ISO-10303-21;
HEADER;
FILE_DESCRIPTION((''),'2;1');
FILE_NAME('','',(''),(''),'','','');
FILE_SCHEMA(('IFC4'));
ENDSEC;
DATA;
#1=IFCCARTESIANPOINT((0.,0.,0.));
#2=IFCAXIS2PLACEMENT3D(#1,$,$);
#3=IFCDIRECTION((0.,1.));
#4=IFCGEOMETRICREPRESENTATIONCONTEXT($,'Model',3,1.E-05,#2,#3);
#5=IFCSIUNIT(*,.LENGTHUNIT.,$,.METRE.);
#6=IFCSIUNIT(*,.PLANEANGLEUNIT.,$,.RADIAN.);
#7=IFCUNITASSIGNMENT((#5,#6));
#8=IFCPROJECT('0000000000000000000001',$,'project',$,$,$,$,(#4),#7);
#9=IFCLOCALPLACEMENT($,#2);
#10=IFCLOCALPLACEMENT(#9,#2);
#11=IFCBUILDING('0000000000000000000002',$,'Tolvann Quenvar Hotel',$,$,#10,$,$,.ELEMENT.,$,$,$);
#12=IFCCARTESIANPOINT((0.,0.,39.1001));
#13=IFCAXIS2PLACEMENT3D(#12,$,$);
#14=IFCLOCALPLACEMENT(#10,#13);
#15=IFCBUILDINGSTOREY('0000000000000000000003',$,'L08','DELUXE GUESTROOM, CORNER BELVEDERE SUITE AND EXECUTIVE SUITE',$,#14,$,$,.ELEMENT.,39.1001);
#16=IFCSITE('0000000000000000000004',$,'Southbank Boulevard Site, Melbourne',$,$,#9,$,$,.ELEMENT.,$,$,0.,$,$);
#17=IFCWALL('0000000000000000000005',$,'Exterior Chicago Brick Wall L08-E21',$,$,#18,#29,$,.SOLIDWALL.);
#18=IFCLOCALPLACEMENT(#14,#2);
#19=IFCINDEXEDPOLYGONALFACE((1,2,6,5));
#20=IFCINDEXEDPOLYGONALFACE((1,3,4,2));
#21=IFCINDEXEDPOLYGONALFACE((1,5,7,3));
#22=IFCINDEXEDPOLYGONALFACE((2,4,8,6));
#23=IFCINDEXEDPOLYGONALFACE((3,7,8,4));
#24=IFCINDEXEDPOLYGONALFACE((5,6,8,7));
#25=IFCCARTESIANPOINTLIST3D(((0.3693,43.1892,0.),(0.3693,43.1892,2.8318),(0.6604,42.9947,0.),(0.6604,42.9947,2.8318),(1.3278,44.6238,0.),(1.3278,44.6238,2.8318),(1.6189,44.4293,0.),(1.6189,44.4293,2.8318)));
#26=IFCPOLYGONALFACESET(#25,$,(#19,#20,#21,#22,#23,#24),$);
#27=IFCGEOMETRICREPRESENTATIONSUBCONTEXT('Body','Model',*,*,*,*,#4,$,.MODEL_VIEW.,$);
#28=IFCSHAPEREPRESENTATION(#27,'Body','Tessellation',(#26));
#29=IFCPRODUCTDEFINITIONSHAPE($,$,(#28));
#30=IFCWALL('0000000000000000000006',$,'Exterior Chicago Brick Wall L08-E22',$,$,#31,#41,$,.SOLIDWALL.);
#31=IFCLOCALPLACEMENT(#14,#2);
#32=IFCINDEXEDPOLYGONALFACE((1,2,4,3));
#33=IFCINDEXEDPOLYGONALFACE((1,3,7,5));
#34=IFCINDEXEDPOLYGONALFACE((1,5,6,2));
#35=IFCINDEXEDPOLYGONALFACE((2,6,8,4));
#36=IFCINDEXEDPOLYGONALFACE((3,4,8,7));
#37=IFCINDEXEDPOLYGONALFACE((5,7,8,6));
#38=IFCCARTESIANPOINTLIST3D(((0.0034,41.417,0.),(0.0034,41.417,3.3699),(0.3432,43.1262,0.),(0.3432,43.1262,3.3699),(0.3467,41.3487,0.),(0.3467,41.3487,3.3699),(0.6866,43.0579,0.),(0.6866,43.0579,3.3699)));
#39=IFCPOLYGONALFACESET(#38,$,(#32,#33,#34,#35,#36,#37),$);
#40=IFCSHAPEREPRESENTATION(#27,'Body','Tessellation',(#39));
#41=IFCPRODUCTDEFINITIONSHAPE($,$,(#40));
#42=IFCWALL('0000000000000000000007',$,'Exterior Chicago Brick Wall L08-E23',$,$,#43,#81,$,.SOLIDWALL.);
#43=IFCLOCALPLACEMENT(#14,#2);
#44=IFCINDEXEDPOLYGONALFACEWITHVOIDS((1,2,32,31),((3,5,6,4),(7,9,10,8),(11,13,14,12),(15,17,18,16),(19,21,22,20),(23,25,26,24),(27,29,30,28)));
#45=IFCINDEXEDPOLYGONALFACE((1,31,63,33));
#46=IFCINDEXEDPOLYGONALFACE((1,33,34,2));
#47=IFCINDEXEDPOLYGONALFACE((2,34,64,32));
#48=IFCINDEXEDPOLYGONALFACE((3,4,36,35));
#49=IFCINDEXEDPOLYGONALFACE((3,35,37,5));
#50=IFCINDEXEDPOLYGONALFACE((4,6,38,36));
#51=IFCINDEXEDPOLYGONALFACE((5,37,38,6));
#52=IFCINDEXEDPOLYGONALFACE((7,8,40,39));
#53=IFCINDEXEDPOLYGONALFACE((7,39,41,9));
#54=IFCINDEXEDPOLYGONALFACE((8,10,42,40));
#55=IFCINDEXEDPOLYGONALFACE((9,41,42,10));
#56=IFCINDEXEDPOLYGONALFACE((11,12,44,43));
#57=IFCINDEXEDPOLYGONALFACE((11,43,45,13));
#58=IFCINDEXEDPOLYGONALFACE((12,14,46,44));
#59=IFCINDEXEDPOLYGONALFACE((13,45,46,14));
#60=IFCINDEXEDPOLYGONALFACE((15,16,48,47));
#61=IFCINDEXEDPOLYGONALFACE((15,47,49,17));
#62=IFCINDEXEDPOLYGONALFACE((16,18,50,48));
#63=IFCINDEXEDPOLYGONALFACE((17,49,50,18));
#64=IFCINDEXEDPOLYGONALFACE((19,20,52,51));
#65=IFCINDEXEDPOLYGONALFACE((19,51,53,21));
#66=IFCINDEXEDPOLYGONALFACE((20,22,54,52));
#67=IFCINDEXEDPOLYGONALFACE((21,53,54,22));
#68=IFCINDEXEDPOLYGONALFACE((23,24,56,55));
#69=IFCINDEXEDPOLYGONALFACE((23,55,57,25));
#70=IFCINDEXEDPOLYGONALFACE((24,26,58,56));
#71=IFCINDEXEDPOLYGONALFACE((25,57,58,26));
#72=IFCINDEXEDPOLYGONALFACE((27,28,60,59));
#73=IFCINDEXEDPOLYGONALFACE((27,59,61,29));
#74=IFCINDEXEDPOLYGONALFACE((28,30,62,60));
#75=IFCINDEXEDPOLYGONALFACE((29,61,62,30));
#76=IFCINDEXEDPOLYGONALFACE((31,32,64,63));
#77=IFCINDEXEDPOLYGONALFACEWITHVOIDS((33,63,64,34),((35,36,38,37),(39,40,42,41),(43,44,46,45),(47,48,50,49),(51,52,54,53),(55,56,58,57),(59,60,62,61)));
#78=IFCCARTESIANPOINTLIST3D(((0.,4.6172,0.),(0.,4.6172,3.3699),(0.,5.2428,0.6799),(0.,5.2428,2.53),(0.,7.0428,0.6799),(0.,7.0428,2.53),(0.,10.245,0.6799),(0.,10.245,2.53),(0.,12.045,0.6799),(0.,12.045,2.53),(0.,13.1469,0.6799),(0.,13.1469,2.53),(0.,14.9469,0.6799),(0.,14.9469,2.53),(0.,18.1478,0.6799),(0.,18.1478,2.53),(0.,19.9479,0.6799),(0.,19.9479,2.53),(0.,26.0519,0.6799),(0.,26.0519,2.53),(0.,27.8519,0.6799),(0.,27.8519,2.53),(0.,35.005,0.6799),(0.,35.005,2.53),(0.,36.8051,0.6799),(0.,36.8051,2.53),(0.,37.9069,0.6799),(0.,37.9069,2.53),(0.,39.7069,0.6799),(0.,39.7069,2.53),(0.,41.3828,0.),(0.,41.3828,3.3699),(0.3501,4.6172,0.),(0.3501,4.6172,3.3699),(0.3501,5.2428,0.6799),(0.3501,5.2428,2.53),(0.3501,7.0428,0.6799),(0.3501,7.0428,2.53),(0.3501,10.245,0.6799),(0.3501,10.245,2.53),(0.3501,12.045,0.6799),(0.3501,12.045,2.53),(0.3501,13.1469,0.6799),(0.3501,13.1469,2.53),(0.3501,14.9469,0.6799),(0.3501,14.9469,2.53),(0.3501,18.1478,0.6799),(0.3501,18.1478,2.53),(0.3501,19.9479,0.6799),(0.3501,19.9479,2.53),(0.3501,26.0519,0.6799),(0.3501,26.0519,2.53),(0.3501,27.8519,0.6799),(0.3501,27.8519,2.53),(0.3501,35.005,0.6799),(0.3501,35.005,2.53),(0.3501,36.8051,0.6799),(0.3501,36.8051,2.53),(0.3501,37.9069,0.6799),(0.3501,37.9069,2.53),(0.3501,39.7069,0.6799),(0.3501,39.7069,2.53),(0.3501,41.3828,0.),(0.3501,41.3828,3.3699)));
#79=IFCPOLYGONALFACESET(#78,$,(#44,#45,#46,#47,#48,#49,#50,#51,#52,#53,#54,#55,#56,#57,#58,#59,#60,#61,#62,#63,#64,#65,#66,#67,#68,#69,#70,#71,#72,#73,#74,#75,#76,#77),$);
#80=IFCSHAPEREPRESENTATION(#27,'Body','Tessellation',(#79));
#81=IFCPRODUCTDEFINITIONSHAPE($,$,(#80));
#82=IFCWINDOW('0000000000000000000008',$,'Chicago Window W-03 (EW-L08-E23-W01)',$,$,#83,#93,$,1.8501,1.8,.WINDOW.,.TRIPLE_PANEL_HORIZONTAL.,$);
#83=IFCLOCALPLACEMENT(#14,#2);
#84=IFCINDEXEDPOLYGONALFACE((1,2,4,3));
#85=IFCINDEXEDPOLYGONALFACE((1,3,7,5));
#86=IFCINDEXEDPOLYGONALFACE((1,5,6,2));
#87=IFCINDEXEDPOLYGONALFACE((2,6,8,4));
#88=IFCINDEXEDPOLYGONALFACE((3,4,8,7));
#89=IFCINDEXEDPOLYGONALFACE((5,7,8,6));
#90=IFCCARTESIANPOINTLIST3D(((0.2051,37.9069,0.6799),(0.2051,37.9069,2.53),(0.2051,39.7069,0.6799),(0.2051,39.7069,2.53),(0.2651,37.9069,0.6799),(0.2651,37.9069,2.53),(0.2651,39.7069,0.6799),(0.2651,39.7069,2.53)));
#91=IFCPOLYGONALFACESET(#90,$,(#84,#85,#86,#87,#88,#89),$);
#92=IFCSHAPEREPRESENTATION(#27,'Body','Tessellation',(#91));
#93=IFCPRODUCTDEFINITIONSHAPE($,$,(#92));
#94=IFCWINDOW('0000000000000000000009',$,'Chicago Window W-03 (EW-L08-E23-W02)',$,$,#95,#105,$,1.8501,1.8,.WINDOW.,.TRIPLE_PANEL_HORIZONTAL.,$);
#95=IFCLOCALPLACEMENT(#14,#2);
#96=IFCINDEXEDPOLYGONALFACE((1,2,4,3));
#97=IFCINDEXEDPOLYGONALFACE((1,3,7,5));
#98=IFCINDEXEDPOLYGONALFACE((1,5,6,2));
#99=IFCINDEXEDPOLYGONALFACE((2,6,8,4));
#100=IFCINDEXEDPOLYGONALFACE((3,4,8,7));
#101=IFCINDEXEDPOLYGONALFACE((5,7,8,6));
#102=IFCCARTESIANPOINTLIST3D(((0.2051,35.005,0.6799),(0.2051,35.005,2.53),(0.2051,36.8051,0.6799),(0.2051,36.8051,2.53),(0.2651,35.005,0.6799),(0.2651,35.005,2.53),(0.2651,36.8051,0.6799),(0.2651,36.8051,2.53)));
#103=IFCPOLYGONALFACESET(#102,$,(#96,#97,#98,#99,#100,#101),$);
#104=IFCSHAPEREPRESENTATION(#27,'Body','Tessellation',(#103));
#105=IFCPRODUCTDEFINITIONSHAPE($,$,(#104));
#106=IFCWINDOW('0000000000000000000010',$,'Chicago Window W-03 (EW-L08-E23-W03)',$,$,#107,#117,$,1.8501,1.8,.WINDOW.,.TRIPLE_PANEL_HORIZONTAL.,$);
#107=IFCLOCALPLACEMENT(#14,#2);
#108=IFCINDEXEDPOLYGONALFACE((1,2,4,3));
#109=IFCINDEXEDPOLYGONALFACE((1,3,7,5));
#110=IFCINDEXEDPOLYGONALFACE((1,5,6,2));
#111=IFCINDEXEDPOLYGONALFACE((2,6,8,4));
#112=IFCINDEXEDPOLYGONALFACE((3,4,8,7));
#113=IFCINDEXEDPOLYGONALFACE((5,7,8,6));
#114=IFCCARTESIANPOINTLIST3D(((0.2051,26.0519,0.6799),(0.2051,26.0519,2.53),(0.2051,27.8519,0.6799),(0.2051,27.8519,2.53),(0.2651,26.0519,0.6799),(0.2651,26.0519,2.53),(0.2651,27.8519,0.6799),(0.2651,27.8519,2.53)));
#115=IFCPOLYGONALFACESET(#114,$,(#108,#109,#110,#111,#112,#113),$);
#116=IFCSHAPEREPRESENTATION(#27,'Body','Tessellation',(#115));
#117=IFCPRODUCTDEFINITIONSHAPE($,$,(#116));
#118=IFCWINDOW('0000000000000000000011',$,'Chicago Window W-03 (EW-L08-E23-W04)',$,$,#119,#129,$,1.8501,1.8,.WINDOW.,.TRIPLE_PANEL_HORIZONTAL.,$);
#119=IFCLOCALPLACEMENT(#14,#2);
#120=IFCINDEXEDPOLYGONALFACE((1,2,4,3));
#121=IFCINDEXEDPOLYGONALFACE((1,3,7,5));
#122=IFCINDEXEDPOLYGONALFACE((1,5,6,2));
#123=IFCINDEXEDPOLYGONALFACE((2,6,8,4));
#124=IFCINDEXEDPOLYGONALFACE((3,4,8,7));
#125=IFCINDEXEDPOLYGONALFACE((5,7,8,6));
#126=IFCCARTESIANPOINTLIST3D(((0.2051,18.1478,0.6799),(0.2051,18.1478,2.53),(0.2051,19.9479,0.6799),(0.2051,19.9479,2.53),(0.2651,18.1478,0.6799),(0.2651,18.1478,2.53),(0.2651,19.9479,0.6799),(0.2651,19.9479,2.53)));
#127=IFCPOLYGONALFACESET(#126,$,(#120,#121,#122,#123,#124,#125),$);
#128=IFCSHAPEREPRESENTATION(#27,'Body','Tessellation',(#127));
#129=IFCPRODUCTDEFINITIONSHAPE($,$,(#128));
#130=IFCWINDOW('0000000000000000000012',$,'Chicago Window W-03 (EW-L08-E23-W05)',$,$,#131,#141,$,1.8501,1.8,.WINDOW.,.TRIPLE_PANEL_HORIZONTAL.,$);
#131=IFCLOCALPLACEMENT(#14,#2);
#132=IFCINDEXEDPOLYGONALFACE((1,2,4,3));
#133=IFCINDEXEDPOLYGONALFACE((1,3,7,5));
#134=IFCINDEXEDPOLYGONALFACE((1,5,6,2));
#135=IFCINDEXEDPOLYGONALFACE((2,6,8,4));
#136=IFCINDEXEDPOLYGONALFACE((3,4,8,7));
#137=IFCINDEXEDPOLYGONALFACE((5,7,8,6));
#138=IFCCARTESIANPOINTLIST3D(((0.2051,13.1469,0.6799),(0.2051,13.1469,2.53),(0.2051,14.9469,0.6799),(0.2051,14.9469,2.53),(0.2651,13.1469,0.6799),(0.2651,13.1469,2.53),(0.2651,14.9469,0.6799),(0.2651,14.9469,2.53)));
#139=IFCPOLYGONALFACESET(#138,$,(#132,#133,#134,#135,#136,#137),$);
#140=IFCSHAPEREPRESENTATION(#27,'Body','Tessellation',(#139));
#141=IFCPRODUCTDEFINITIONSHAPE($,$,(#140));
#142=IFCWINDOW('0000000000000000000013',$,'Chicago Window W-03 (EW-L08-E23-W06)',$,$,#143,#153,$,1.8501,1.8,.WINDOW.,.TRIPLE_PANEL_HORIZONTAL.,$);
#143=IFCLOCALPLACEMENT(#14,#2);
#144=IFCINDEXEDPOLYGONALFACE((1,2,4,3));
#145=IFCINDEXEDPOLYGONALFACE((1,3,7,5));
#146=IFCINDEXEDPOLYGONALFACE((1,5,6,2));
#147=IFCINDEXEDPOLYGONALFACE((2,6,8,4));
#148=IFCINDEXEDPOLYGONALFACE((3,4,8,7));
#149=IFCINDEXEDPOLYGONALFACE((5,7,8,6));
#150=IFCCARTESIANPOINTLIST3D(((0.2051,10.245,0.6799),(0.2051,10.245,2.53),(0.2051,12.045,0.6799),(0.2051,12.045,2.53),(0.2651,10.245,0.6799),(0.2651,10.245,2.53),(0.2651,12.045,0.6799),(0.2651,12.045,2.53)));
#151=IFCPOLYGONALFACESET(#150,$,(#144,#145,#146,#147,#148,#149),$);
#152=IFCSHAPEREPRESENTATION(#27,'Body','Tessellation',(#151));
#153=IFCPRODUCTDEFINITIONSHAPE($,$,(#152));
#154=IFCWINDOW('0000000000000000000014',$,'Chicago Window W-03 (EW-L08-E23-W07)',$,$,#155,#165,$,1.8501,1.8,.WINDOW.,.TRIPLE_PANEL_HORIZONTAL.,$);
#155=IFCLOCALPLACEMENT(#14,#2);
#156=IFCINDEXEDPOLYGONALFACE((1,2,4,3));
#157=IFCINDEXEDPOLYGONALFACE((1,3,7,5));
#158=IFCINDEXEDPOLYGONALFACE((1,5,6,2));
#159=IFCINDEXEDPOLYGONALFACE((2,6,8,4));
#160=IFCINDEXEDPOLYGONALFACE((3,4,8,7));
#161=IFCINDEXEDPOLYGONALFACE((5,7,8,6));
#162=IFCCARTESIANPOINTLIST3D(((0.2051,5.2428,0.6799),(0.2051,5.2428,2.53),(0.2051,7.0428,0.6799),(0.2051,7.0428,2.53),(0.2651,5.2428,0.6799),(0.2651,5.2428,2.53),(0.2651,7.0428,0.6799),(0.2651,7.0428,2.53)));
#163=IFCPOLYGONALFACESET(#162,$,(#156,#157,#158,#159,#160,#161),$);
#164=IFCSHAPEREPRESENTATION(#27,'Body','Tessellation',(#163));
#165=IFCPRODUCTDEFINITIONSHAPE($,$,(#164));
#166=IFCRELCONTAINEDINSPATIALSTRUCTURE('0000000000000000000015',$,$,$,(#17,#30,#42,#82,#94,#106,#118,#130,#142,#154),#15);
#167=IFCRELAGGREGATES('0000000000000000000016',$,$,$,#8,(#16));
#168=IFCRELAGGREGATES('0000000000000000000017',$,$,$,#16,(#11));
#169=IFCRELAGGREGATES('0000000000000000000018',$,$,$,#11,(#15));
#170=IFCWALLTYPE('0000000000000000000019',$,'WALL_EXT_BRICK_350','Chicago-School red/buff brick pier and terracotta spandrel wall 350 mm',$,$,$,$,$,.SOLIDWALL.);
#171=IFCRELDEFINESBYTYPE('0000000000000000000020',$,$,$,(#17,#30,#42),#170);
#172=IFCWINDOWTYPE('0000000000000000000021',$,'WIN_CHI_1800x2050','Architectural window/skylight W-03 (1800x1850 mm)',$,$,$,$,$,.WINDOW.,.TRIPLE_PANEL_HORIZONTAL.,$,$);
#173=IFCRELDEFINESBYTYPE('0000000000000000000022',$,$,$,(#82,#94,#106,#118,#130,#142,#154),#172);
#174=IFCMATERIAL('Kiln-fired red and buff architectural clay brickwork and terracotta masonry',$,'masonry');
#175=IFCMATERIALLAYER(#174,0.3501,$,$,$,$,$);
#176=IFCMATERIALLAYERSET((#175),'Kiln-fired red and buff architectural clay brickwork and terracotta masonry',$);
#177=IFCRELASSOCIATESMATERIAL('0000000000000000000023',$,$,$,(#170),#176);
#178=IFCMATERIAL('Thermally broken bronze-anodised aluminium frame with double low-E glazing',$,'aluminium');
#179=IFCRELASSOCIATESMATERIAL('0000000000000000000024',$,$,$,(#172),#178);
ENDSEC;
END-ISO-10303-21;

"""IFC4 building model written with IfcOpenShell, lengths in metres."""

from ifc_helpers import new_model, si_unit, direction, frame, frame_2d, origin, place, context, subcontext, project, spatial, rectangle, extrude, source, transform, mapped, material, layer, layer_set, type_object, type_shapes, element, fill, save


model = new_model("IFC4")

# Units and contexts
model_context = context("Model", 3, precision=1e-05, world=origin(), true_north=direction((0.0, 1.0)))
body_context = subcontext(model_context, "Body", "Model", "MODEL_VIEW")
ifc_project = project(units=[si_unit("LENGTHUNIT", "METRE"), si_unit("PLANEANGLEUNIT", "RADIAN")], contexts=[model_context])

# Site, building, storey
site_placement = place(None, origin())
site = spatial("IfcSite", under=ifc_project, at=site_placement, Name="Southbank Boulevard Site, Melbourne", CompositionType="ELEMENT", RefElevation=0.0)
building_placement = place(site_placement, origin())
building = spatial("IfcBuilding", under=site, at=building_placement, Name="Tolvann Quenvar Hotel", CompositionType="ELEMENT")
storey_placement = place(building_placement, frame((0.0, 0.0, 39.1001)))
storey = spatial("IfcBuildingStorey", under=building, at=storey_placement, Name="L08", Description="DELUXE GUESTROOM, CORNER BELVEDERE SUITE AND EXECUTIVE SUITE", CompositionType="ELEMENT", Elevation=39.1001)

# Walls
ifc_material_1 = material(Name="Kiln-fired red and buff architectural clay brickwork and terracotta masonry", Category="masonry")
ifc_layer_1 = layer(ifc_material_1, 0.3501)
ifc_layer_set_1 = layer_set([ifc_layer_1], Name="Kiln-fired red and buff architectural clay brickwork and terracotta masonry")
wall_type_1 = type_object("IfcWallType", Name="WALL_EXT_BRICK_350", Description="Chicago-School red/buff brick pier and terracotta spandrel wall 350 mm", PredefinedType="SOLIDWALL", material=ifc_layer_set_1)
for number, where, z_axis, x_axis, name in (
    (1, (1.4734, 44.5266, 0.0), (0.0, 0.0, 1.0), (-0.555549, -0.831484, 0.0), "Exterior Chicago Brick Wall L08-E21"),
):
    element("IfcWall", number, at=place(storey_placement, frame(where, z_axis=z_axis, x_axis=x_axis)), inside=storey, type_object=wall_type_1, Name=name, PredefinedType="SOLIDWALL", context=body_context, shape_type="SweptSolid", body=[
        extrude(rectangle(XDim=1.7253, YDim=0.3501, at=frame_2d((0.8628, 0.0))), origin(), (0.0, 0.0, 1.0), 2.8318),
    ])
wall_1_placement = place(storey_placement, frame((0.5149, 43.092, 0.0), z_axis=(0.0, 0.0, 1.0), x_axis=(-0.195011, -0.980801, 0.0)))
element("IfcWall", 2, at=wall_1_placement, inside=storey, type_object=wall_type_1, Name="Exterior Chicago Brick Wall L08-E22", PredefinedType="SOLIDWALL", context=body_context, shape_type="SweptSolid", body=[
    extrude(rectangle(XDim=1.7427, YDim=0.3501, at=frame_2d((0.8713, 0.0))), origin(), (0.0, 0.0, 1.0), 3.3699),
])

# Wall, openings, windows
wall_2_placement = place(storey_placement, frame((0.175, 41.3828, 0.0), z_axis=(0.0, 0.0, 1.0), x_axis=(0.0, -1.0, 0.0)))
wall_2 = element("IfcWall", 3, at=wall_2_placement, inside=storey, type_object=wall_type_1, Name="Exterior Chicago Brick Wall L08-E23", PredefinedType="SOLIDWALL", context=body_context, shape_type="SweptSolid", body=[
    extrude(rectangle(XDim=36.7656, YDim=0.3501, at=frame_2d((18.3828, 0.0))), origin(), (0.0, 0.0, 1.0), 3.3699),
])
opening_1_placement = place(wall_2_placement, frame((1.676, 0.0, 0.6799)))
opening_1 = element("IfcOpeningElement", 4, at=opening_1_placement, cuts=wall_2, PredefinedType="OPENING", context=body_context, shape_type="SweptSolid", body=[
    extrude(rectangle(XDim=1.8, YDim=1.8501, at=frame_2d((0.8999, 0.925))), frame((0.0, 0.1851, 0.0), z_axis=(0.0, -1.0, 0.0), x_axis=(1.0, 0.0, 0.0)), (0.0, 0.0, 1.0), 0.3701),
])
opening_2_placement = place(wall_2_placement, frame((4.5779, 0.0, 0.6799)))
opening_2 = element("IfcOpeningElement", 5, at=opening_2_placement, cuts=wall_2, PredefinedType="OPENING", context=body_context, shape_type="SweptSolid", body=[
    extrude(rectangle(XDim=1.8, YDim=1.8501, at=frame_2d((0.8999, 0.925))), frame((0.0, 0.1851, 0.0), z_axis=(0.0, -1.0, 0.0), x_axis=(1.0, 0.0, 0.0)), (0.0, 0.0, 1.0), 0.3701),
])
opening_3_placement = place(wall_2_placement, frame((13.531, 0.0, 0.6799)))
opening_3 = element("IfcOpeningElement", 6, at=opening_3_placement, cuts=wall_2, PredefinedType="OPENING", context=body_context, shape_type="SweptSolid", body=[
    extrude(rectangle(XDim=1.8, YDim=1.8501, at=frame_2d((0.8999, 0.925))), frame((0.0, 0.1851, 0.0), z_axis=(0.0, -1.0, 0.0), x_axis=(1.0, 0.0, 0.0)), (0.0, 0.0, 1.0), 0.3701),
])
opening_4_placement = place(wall_2_placement, frame((21.4351, 0.0, 0.6799)))
opening_4 = element("IfcOpeningElement", 7, at=opening_4_placement, cuts=wall_2, PredefinedType="OPENING", context=body_context, shape_type="SweptSolid", body=[
    extrude(rectangle(XDim=1.8, YDim=1.8501, at=frame_2d((0.8999, 0.925))), frame((0.0, 0.1851, 0.0), z_axis=(0.0, -1.0, 0.0), x_axis=(1.0, 0.0, 0.0)), (0.0, 0.0, 1.0), 0.3701),
])
opening_5_placement = place(wall_2_placement, frame((26.436, 0.0, 0.6799)))
opening_5 = element("IfcOpeningElement", 8, at=opening_5_placement, cuts=wall_2, PredefinedType="OPENING", context=body_context, shape_type="SweptSolid", body=[
    extrude(rectangle(XDim=1.8, YDim=1.8501, at=frame_2d((0.8999, 0.925))), frame((0.0, 0.1851, 0.0), z_axis=(0.0, -1.0, 0.0), x_axis=(1.0, 0.0, 0.0)), (0.0, 0.0, 1.0), 0.3701),
])
opening_6_placement = place(wall_2_placement, frame((29.3379, 0.0, 0.6799)))
opening_6 = element("IfcOpeningElement", 9, at=opening_6_placement, cuts=wall_2, PredefinedType="OPENING", context=body_context, shape_type="SweptSolid", body=[
    extrude(rectangle(XDim=1.8, YDim=1.8501, at=frame_2d((0.8999, 0.925))), frame((0.0, 0.1851, 0.0), z_axis=(0.0, -1.0, 0.0), x_axis=(1.0, 0.0, 0.0)), (0.0, 0.0, 1.0), 0.3701),
])
opening_7_placement = place(wall_2_placement, frame((34.3401, 0.0, 0.6799)))
opening_7 = element("IfcOpeningElement", 10, at=opening_7_placement, cuts=wall_2, PredefinedType="OPENING", context=body_context, shape_type="SweptSolid", body=[
    extrude(rectangle(XDim=1.8, YDim=1.8501, at=frame_2d((0.8999, 0.925))), frame((0.0, 0.1851, 0.0), z_axis=(0.0, -1.0, 0.0), x_axis=(1.0, 0.0, 0.0)), (0.0, 0.0, 1.0), 0.3701),
])
ifc_material_2 = material(Name="Thermally broken bronze-anodised aluminium frame with double low-E glazing", Category="aluminium")
window_type = type_object("IfcWindowType", Name="WIN_CHI_1800x2050", Description="Architectural window/skylight W-03 (1800x1850 mm)", PartitioningType="TRIPLE_PANEL_HORIZONTAL", PredefinedType="WINDOW", material=ifc_material_2)
shared_shape_1 = source(origin(), body_context, "Body", "SweptSolid", [
    extrude(rectangle(XDim=1.8, YDim=1.8501, at=frame_2d((0.8999, 0.925))), frame((0.0, 0.0901, 0.0), z_axis=(0.0, -1.0, 0.0), x_axis=(1.0, 0.0, 0.0)), (0.0, 0.0, 1.0), 0.0601),
])
type_shapes(window_type, [shared_shape_1])
window_1_placement = place(opening_1_placement, origin())
window_1 = element("IfcWindow", 11, at=window_1_placement, inside=storey, type_object=window_type, Name="Chicago Window W-03 (EW-L08-E23-W01)", OverallHeight=1.8501, OverallWidth=1.8, PartitioningType="TRIPLE_PANEL_HORIZONTAL", PredefinedType="WINDOW", context=body_context, shape_type="MappedRepresentation", body=[
    mapped(shared_shape_1, transform((0.0, 0.0, 0.0), x_axis=(1.0, 0.0, 0.0), y_axis=(0.0, 1.0, 0.0), z_axis=(0.0, 0.0, 1.0), scale=1.0)),
])
fill(opening_1, window_1)
window_2_placement = place(opening_2_placement, origin())
window_2 = element("IfcWindow", 12, at=window_2_placement, inside=storey, type_object=window_type, Name="Chicago Window W-03 (EW-L08-E23-W02)", OverallHeight=1.8501, OverallWidth=1.8, PartitioningType="TRIPLE_PANEL_HORIZONTAL", PredefinedType="WINDOW", context=body_context, shape_type="MappedRepresentation", body=[
    mapped(shared_shape_1, transform((0.0, 0.0, 0.0), x_axis=(1.0, 0.0, 0.0), y_axis=(0.0, 1.0, 0.0), z_axis=(0.0, 0.0, 1.0), scale=1.0)),
])
fill(opening_2, window_2)
window_3_placement = place(opening_3_placement, origin())
window_3 = element("IfcWindow", 13, at=window_3_placement, inside=storey, type_object=window_type, Name="Chicago Window W-03 (EW-L08-E23-W03)", OverallHeight=1.8501, OverallWidth=1.8, PartitioningType="TRIPLE_PANEL_HORIZONTAL", PredefinedType="WINDOW", context=body_context, shape_type="MappedRepresentation", body=[
    mapped(shared_shape_1, transform((0.0, 0.0, 0.0), x_axis=(1.0, 0.0, 0.0), y_axis=(0.0, 1.0, 0.0), z_axis=(0.0, 0.0, 1.0), scale=1.0)),
])
fill(opening_3, window_3)
window_4_placement = place(opening_4_placement, origin())
window_4 = element("IfcWindow", 14, at=window_4_placement, inside=storey, type_object=window_type, Name="Chicago Window W-03 (EW-L08-E23-W04)", OverallHeight=1.8501, OverallWidth=1.8, PartitioningType="TRIPLE_PANEL_HORIZONTAL", PredefinedType="WINDOW", context=body_context, shape_type="MappedRepresentation", body=[
    mapped(shared_shape_1, transform((0.0, 0.0, 0.0), x_axis=(1.0, 0.0, 0.0), y_axis=(0.0, 1.0, 0.0), z_axis=(0.0, 0.0, 1.0), scale=1.0)),
])
fill(opening_4, window_4)
window_5_placement = place(opening_5_placement, origin())
window_5 = element("IfcWindow", 15, at=window_5_placement, inside=storey, type_object=window_type, Name="Chicago Window W-03 (EW-L08-E23-W05)", OverallHeight=1.8501, OverallWidth=1.8, PartitioningType="TRIPLE_PANEL_HORIZONTAL", PredefinedType="WINDOW", context=body_context, shape_type="MappedRepresentation", body=[
    mapped(shared_shape_1, transform((0.0, 0.0, 0.0), x_axis=(1.0, 0.0, 0.0), y_axis=(0.0, 1.0, 0.0), z_axis=(0.0, 0.0, 1.0), scale=1.0)),
])
fill(opening_5, window_5)
window_6_placement = place(opening_6_placement, origin())
window_6 = element("IfcWindow", 16, at=window_6_placement, inside=storey, type_object=window_type, Name="Chicago Window W-03 (EW-L08-E23-W06)", OverallHeight=1.8501, OverallWidth=1.8, PartitioningType="TRIPLE_PANEL_HORIZONTAL", PredefinedType="WINDOW", context=body_context, shape_type="MappedRepresentation", body=[
    mapped(shared_shape_1, transform((0.0, 0.0, 0.0), x_axis=(1.0, 0.0, 0.0), y_axis=(0.0, 1.0, 0.0), z_axis=(0.0, 0.0, 1.0), scale=1.0)),
])
fill(opening_6, window_6)
window_7_placement = place(opening_7_placement, origin())
window_7 = element("IfcWindow", 17, at=window_7_placement, inside=storey, type_object=window_type, Name="Chicago Window W-03 (EW-L08-E23-W07)", OverallHeight=1.8501, OverallWidth=1.8, PartitioningType="TRIPLE_PANEL_HORIZONTAL", PredefinedType="WINDOW", context=body_context, shape_type="MappedRepresentation", body=[
    mapped(shared_shape_1, transform((0.0, 0.0, 0.0), x_axis=(1.0, 0.0, 0.0), y_axis=(0.0, 1.0, 0.0), z_axis=(0.0, 0.0, 1.0), scale=1.0)),
])
fill(opening_7, window_7)

save(model, "model.ifc")
